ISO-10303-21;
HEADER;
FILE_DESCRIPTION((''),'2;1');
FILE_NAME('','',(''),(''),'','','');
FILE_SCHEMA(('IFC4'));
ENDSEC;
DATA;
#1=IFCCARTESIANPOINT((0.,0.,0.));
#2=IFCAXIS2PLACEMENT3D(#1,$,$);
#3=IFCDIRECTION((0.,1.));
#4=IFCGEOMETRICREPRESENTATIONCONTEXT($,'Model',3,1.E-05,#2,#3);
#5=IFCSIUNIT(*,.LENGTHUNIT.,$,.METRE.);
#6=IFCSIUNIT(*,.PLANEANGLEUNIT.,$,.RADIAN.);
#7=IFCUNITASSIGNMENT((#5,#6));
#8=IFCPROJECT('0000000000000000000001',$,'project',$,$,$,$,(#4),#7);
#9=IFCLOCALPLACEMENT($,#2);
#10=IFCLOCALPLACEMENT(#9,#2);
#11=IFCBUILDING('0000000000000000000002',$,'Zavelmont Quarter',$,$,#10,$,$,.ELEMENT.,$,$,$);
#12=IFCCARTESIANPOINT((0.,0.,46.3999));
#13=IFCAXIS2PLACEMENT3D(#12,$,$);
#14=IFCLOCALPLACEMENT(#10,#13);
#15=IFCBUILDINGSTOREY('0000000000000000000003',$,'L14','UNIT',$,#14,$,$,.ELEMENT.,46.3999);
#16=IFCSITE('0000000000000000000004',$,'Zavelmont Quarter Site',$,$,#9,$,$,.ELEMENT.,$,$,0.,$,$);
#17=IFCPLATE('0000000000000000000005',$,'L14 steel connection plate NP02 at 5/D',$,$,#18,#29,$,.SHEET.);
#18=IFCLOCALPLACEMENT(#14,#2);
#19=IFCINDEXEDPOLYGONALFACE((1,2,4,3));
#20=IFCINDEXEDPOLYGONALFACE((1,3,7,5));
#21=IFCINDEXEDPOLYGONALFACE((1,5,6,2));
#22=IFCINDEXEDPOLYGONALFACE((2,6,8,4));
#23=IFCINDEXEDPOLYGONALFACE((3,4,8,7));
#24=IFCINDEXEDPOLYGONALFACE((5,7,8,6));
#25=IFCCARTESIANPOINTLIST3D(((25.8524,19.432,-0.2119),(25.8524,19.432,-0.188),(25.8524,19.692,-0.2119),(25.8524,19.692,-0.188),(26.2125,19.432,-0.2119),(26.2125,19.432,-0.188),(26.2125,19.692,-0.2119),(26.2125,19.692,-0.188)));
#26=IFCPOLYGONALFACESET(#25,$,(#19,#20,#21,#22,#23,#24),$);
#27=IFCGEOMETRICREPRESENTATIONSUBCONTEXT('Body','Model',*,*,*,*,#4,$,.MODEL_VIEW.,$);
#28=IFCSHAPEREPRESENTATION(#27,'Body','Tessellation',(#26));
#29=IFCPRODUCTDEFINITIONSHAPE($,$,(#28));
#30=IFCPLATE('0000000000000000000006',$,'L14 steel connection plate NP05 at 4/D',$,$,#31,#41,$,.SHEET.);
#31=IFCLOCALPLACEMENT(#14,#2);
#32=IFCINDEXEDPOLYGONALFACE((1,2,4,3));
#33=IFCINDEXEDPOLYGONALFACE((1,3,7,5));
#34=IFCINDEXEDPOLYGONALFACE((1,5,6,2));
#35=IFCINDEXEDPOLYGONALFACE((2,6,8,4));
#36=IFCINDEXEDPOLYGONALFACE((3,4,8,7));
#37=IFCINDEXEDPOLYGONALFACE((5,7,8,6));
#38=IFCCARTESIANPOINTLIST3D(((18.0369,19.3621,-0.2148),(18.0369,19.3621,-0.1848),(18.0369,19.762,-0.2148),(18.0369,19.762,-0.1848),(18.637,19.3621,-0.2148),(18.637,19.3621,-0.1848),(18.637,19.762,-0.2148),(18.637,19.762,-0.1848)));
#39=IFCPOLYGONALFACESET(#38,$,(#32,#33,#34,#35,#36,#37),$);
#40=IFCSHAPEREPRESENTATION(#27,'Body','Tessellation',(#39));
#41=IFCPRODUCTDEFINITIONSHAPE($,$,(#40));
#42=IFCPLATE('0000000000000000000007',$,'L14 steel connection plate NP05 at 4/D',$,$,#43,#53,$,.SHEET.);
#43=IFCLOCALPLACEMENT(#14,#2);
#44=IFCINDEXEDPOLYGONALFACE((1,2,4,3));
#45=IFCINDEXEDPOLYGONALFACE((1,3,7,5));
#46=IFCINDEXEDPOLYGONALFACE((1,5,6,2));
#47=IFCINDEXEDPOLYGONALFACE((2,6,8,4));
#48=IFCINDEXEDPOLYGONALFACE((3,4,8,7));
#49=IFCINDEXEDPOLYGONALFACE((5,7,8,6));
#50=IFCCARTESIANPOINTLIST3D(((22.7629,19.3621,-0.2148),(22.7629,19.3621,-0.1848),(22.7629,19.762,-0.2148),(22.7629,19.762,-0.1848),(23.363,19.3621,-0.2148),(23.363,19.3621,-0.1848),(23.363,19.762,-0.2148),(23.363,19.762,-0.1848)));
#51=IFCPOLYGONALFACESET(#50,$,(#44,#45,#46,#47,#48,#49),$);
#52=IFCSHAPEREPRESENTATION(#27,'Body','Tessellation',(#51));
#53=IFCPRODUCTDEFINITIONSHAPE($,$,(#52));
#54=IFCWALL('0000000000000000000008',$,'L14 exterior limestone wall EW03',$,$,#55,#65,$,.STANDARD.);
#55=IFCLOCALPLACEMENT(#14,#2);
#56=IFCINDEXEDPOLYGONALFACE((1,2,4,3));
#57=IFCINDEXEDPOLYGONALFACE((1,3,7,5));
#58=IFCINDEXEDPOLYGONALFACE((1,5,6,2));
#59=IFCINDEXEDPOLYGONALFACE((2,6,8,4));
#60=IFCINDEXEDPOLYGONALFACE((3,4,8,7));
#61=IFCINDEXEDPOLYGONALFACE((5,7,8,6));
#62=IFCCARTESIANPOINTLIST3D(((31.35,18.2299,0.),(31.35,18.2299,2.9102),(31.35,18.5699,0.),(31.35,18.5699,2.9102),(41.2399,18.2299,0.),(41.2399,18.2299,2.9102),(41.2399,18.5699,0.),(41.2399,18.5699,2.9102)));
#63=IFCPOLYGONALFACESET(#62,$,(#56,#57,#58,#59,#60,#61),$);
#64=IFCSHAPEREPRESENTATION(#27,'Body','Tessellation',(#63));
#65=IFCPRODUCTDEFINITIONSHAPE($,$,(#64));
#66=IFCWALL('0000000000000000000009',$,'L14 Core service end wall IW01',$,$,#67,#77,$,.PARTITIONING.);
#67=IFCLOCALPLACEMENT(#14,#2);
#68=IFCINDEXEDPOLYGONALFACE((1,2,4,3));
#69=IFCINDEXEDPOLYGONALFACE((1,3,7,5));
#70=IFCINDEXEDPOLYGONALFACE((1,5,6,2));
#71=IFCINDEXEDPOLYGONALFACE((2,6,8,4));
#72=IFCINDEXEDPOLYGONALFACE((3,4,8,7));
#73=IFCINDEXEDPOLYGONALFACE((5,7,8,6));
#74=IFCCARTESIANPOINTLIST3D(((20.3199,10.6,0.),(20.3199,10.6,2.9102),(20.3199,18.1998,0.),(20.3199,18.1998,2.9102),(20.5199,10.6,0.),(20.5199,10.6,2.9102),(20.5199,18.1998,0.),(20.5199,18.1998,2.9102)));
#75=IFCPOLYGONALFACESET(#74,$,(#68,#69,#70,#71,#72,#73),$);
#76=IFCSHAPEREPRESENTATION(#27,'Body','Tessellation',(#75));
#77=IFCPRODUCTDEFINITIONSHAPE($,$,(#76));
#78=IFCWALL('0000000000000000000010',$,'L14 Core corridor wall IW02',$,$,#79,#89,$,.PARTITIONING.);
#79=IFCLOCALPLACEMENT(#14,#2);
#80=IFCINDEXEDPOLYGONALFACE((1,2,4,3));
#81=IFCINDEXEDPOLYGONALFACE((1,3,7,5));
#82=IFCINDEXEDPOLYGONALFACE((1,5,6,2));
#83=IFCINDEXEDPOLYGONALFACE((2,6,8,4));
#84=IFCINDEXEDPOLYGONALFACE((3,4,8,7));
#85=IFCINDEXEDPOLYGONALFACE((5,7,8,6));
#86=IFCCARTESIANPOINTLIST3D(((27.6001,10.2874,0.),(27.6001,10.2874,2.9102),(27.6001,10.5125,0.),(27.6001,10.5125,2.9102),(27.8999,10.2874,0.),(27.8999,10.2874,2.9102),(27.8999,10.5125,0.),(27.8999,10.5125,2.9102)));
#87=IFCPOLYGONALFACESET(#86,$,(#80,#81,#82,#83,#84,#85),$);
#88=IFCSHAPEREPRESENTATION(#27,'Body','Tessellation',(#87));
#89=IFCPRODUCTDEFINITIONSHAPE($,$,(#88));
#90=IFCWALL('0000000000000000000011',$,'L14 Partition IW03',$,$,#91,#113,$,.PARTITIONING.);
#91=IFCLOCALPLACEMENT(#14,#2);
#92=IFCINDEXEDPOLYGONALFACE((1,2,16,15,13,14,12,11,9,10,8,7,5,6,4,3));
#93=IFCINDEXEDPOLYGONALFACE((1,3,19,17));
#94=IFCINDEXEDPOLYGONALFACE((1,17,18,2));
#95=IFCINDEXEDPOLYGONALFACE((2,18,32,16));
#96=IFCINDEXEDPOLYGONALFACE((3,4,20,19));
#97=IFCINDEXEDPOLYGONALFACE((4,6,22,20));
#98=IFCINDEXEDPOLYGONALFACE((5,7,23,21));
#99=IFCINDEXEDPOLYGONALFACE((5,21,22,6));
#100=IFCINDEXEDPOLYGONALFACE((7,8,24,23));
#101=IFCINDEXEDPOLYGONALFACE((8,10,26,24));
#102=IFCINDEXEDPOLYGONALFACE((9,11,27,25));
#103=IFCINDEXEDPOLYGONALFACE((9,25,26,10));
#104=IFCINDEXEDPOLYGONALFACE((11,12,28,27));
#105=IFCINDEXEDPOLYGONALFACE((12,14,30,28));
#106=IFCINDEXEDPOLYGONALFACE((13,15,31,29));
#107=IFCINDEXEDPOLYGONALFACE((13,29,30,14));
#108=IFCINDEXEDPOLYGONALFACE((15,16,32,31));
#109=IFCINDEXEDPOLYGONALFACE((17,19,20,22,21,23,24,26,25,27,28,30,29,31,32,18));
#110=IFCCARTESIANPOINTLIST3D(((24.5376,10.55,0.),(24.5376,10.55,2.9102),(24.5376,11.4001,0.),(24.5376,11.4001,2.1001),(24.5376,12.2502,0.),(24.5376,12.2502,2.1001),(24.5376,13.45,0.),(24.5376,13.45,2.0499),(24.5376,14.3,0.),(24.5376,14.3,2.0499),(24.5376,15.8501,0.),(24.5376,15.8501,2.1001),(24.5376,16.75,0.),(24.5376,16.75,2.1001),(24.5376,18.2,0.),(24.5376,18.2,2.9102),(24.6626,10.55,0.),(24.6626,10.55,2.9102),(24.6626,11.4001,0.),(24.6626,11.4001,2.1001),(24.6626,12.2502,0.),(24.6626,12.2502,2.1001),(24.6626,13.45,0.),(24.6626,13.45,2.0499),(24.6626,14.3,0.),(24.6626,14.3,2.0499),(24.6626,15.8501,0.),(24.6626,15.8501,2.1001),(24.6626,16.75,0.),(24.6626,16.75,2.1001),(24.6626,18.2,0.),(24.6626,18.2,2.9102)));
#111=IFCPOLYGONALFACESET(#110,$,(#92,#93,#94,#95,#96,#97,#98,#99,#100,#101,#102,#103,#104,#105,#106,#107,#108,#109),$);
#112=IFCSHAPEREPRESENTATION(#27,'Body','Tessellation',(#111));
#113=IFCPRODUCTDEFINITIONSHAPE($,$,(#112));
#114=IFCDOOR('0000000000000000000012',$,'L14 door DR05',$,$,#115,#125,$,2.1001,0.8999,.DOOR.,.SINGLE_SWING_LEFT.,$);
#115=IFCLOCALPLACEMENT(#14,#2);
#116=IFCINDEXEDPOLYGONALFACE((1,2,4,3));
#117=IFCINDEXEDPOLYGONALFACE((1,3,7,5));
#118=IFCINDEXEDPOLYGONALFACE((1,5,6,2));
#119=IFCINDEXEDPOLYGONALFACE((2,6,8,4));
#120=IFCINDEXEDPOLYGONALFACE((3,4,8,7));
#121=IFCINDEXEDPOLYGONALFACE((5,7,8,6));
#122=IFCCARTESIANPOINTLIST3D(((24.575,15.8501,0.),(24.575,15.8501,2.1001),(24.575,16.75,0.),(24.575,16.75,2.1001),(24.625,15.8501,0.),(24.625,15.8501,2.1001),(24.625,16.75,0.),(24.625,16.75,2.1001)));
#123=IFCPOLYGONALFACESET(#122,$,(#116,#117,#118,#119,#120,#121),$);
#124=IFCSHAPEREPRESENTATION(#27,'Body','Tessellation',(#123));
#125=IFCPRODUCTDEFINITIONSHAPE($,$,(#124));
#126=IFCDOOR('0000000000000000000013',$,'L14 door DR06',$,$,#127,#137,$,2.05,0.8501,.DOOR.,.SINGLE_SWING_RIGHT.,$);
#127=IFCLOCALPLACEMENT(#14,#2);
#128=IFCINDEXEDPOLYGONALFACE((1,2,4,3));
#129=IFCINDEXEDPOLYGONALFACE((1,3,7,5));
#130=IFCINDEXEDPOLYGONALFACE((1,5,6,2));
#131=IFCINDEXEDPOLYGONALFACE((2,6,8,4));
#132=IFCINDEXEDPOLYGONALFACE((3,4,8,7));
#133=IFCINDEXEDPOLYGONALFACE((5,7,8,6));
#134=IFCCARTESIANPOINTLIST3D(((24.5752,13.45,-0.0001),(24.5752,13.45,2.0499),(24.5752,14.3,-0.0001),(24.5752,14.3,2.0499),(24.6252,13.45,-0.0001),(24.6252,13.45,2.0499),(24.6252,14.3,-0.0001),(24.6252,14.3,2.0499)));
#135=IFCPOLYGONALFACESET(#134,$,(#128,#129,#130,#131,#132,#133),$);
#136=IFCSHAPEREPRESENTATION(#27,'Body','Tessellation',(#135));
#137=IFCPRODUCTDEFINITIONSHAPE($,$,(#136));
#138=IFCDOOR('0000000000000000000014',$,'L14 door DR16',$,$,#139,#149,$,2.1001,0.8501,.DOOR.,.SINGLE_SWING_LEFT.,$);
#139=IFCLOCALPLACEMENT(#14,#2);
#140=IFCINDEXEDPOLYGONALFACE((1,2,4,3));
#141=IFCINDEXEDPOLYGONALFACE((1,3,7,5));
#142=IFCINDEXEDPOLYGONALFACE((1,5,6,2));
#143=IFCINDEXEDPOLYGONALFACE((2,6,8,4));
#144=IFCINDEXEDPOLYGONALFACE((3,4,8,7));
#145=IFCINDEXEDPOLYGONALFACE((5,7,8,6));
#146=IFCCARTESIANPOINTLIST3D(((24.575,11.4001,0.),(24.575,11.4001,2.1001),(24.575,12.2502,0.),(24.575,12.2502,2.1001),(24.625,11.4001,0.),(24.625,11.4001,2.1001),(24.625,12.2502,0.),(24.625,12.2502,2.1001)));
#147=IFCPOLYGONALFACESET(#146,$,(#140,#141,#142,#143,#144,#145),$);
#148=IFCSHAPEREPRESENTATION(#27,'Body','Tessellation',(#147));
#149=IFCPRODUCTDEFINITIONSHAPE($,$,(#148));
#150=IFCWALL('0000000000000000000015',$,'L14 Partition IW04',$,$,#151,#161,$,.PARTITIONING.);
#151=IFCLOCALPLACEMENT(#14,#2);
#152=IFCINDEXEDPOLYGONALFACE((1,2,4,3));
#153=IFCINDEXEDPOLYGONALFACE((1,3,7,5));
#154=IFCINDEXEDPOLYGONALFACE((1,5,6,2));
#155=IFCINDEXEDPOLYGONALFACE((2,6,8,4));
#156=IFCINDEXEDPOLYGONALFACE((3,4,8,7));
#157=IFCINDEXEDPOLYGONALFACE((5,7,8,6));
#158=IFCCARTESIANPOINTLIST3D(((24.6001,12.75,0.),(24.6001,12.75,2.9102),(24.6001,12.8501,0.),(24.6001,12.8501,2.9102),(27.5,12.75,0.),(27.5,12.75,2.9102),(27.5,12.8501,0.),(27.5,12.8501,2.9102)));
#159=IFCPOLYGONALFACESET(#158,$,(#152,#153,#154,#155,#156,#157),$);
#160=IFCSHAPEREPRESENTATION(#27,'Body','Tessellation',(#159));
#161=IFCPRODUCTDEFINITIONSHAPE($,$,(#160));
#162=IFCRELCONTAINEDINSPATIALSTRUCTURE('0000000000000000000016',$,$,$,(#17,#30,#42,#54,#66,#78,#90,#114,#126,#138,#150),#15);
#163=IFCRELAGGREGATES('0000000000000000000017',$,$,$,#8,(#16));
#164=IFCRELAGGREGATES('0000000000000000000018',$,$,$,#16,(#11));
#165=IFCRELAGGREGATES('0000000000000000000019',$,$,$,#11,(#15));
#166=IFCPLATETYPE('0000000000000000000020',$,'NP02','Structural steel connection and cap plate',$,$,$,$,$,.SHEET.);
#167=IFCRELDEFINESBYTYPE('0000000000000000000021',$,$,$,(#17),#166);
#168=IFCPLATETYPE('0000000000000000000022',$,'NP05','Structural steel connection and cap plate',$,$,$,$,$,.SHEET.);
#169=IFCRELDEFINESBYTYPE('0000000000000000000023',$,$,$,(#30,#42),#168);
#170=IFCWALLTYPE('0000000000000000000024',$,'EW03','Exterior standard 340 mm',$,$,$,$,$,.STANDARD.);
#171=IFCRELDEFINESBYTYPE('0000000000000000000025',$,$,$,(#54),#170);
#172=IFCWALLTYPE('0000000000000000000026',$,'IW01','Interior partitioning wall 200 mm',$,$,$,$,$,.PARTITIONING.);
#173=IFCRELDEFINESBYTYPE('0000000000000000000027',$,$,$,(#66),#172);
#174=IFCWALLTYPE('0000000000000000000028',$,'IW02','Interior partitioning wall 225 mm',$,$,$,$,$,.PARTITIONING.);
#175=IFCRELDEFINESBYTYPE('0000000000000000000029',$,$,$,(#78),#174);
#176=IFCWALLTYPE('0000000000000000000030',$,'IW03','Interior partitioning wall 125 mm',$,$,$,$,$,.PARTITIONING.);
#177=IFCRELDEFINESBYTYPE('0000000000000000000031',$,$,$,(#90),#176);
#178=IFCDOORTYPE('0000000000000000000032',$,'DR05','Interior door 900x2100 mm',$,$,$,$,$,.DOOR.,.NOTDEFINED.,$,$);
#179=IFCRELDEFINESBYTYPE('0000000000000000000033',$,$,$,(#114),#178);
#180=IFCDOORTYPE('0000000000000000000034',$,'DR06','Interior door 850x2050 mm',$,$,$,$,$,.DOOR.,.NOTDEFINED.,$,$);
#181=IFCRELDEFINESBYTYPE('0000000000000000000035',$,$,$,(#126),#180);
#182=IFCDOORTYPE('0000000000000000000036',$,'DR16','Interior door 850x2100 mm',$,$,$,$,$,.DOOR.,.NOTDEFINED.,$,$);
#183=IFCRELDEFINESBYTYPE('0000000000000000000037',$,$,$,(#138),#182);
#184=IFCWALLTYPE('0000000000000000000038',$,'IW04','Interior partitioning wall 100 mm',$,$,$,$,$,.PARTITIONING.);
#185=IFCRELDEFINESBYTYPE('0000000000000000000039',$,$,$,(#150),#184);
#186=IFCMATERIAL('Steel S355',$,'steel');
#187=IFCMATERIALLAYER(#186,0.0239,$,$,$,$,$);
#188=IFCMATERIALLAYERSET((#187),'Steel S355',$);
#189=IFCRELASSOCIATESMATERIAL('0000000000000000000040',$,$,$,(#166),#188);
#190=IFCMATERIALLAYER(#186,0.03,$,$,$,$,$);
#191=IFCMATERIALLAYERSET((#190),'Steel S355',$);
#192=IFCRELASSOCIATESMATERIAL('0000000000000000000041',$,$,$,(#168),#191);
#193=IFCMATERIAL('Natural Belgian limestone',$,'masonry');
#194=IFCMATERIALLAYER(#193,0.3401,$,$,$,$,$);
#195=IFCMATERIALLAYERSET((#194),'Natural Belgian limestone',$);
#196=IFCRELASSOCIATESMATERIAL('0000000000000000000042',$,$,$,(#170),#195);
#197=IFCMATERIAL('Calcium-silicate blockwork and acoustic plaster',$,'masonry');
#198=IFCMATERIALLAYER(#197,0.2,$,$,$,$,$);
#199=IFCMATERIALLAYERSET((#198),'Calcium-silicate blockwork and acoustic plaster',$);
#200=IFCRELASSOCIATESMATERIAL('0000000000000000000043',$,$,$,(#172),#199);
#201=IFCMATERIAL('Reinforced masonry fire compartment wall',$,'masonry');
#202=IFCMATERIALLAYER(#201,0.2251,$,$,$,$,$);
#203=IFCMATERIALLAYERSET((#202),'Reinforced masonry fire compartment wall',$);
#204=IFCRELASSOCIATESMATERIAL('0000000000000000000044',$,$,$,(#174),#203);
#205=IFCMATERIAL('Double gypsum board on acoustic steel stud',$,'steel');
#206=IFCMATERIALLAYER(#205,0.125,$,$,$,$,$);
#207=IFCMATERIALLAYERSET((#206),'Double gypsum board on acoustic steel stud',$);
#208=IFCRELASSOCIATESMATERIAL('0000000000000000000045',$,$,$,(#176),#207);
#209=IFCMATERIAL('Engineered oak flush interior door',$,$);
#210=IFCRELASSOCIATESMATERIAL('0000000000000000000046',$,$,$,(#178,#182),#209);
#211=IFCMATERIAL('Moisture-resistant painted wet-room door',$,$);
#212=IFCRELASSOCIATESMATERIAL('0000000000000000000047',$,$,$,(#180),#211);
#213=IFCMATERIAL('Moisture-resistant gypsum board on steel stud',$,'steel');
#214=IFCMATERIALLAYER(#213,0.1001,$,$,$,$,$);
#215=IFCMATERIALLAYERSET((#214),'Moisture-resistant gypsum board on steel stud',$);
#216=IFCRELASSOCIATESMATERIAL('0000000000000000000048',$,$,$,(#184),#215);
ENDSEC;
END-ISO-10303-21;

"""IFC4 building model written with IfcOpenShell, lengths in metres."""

from ifc_helpers import new_model, si_unit, direction, frame, frame_2d, origin, origin_with_axes, origin_2d, place, context, subcontext, project, spatial, rectangle, extrude, material, layer, layer_set, type_object, element, fill, save


model = new_model("IFC4")

# Units and contexts
model_context = context("Model", 3, precision=1e-05, world=origin(), true_north=direction((0.0, 1.0)))
body_context = subcontext(model_context, "Body", "Model", "MODEL_VIEW")
ifc_project = project(units=[si_unit("LENGTHUNIT", "METRE"), si_unit("PLANEANGLEUNIT", "RADIAN")], contexts=[model_context])

# Site, building, storey
site_placement = place(None, origin())
site = spatial("IfcSite", under=ifc_project, at=site_placement, Name="Zavelmont Quarter Site", CompositionType="ELEMENT", RefElevation=0.0)
building_placement = place(site_placement, origin())
building = spatial("IfcBuilding", under=site, at=building_placement, Name="Zavelmont Quarter", CompositionType="ELEMENT")
storey_placement = place(building_placement, frame((0.0, 0.0, 46.3999)))
storey = spatial("IfcBuildingStorey", under=building, at=storey_placement, Name="L14", Description="UNIT", CompositionType="ELEMENT", Elevation=46.3999)

# Shared definitions
ifc_material_1 = material(Name="Steel S355", Category="steel")

# Plates
ifc_layer_1 = layer(ifc_material_1, 0.0239)
ifc_layer_set_1 = layer_set([ifc_layer_1], Name="Steel S355")
plate_type_1 = type_object("IfcPlateType", Name="NP02", Description="Structural steel connection and cap plate", PredefinedType="SHEET", material=ifc_layer_set_1)
for number, where, z_axis, x_axis, name in (
    (1, (26.0325, 19.562, -0.2119), (0.0, 0.0, 1.0), (1.0, 0.0, 0.0), "L14 steel connection plate NP02 at 5/D"),
):
    element("IfcPlate", number, at=place(storey_placement, frame(where, z_axis=z_axis, x_axis=x_axis)), inside=storey, type_object=plate_type_1, Name=name, PredefinedType="SHEET", context=body_context, shape_type="SweptSolid", body=[
        extrude(rectangle(XDim=0.3601, YDim=0.26, at=origin_2d()), origin(), (0.0, 0.0, 1.0), 0.0239),
    ])
ifc_layer_2 = layer(ifc_material_1, 0.03)
ifc_layer_set_2 = layer_set([ifc_layer_2], Name="Steel S355")
plate_type_2 = type_object("IfcPlateType", Name="NP05", Description="Structural steel connection and cap plate", PredefinedType="SHEET", material=ifc_layer_set_2)
for number, where, z_axis, x_axis, name in (
    (2, (18.3369, 19.562, -0.2148), (0.0, 0.0, 1.0), (1.0, 0.0, 0.0), "L14 steel connection plate NP05 at 4/D"),
    (3, (23.063, 19.562, -0.2148), (0.0, 0.0, 1.0), (1.0, 0.0, 0.0), "L14 steel connection plate NP05 at 4/D"),
):
    element("IfcPlate", number, at=place(storey_placement, frame(where, z_axis=z_axis, x_axis=x_axis)), inside=storey, type_object=plate_type_2, Name=name, PredefinedType="SHEET", context=body_context, shape_type="SweptSolid", body=[
        extrude(rectangle(XDim=0.6001, YDim=0.3999, at=origin_2d()), origin(), (0.0, 0.0, 1.0), 0.03),
    ])

# Walls
ifc_material_2 = material(Name="Natural Belgian limestone", Category="masonry")
ifc_layer_3 = layer(ifc_material_2, 0.3401)
ifc_layer_set_3 = layer_set([ifc_layer_3], Name="Natural Belgian limestone")
wall_type_1 = type_object("IfcWallType", Name="EW03", Description="Exterior standard 340 mm", PredefinedType="STANDARD", material=ifc_layer_set_3)
wall_1_placement = place(storey_placement, frame((31.3501, 18.3999, 0.0), z_axis=(0.0, 0.0, 1.0), x_axis=(1.0, 0.0, 0.0)))
element("IfcWall", 4, at=wall_1_placement, inside=storey, type_object=wall_type_1, Name="L14 exterior limestone wall EW03", PredefinedType="STANDARD", context=body_context, shape_type="SweptSolid", body=[
    extrude(rectangle(XDim=9.8899, YDim=0.3401, at=frame_2d((4.9448, 0.0))), origin(), (0.0, 0.0, 1.0), 2.9102),
])
ifc_material_3 = material(Name="Calcium-silicate blockwork and acoustic plaster", Category="masonry")
ifc_layer_4 = layer(ifc_material_3, 0.2)
ifc_layer_set_4 = layer_set([ifc_layer_4], Name="Calcium-silicate blockwork and acoustic plaster")
wall_type_2 = type_object("IfcWallType", Name="IW01", Description="Interior partitioning wall 200 mm", PredefinedType="PARTITIONING", material=ifc_layer_set_4)
wall_2_placement = place(storey_placement, frame((20.4199, 10.6001, 0.0), z_axis=(0.0, 0.0, 1.0), x_axis=(0.0, 1.0, 0.0)))
element("IfcWall", 5, at=wall_2_placement, inside=storey, type_object=wall_type_2, Name="L14 Core service end wall IW01", PredefinedType="PARTITIONING", context=body_context, shape_type="SweptSolid", body=[
    extrude(rectangle(XDim=7.5999, YDim=0.2, at=frame_2d((3.7998, 0.0))), origin(), (0.0, 0.0, 1.0), 2.9102),
])
ifc_material_4 = material(Name="Reinforced masonry fire compartment wall", Category="masonry")
ifc_layer_5 = layer(ifc_material_4, 0.2251)
ifc_layer_set_5 = layer_set([ifc_layer_5], Name="Reinforced masonry fire compartment wall")
wall_type_3 = type_object("IfcWallType", Name="IW02", Description="Interior partitioning wall 225 mm", PredefinedType="PARTITIONING", material=ifc_layer_set_5)
wall_3_placement = place(storey_placement, frame((27.6001, 10.3999, 0.0), z_axis=(0.0, 0.0, 1.0), x_axis=(1.0, 0.0, 0.0)))
element("IfcWall", 6, at=wall_3_placement, inside=storey, type_object=wall_type_3, Name="L14 Core corridor wall IW02", PredefinedType="PARTITIONING", context=body_context, shape_type="SweptSolid", body=[
    extrude(rectangle(XDim=0.2998, YDim=0.2251, at=frame_2d((0.1499, 0.0))), origin(), (0.0, 0.0, 1.0), 2.9102),
])

# Wall, openings, doors
ifc_material_5 = material(Name="Double gypsum board on acoustic steel stud", Category="steel")
ifc_layer_6 = layer(ifc_material_5, 0.125)
ifc_layer_set_6 = layer_set([ifc_layer_6], Name="Double gypsum board on acoustic steel stud")
wall_type_4 = type_object("IfcWallType", Name="IW03", Description="Interior partitioning wall 125 mm", PredefinedType="PARTITIONING", material=ifc_layer_set_6)
wall_4_placement = place(storey_placement, frame((24.6001, 10.55, 0.0), z_axis=(0.0, 0.0, 1.0), x_axis=(0.0, 1.0, 0.0)))
wall_4 = element("IfcWall", 7, at=wall_4_placement, inside=storey, type_object=wall_type_4, Name="L14 Partition IW03", PredefinedType="PARTITIONING", context=body_context, shape_type="SweptSolid", body=[
    extrude(rectangle(XDim=7.6499, YDim=0.125, at=frame_2d((3.825, 0.0))), origin(), (0.0, 0.0, 1.0), 2.9102),
])
opening_1_placement = place(wall_4_placement, frame((0.8501, 0.0, 0.0)))
opening_1 = element("IfcOpeningElement", 8, at=opening_1_placement, cuts=wall_4, PredefinedType="OPENING", context=body_context, shape_type="SweptSolid", body=[
    extrude(rectangle(XDim=0.8501, YDim=2.1001, at=frame_2d((0.425, 1.05))), frame((0.0, 0.0745, 0.0), z_axis=(0.0, -1.0, 0.0), x_axis=(1.0, 0.0, 0.0)), (0.0, 0.0, 1.0), 0.1489),
])
opening_2_placement = place(wall_4_placement, frame((2.8999, 0.0, 0.0)))
opening_2 = element("IfcOpeningElement", 9, at=opening_2_placement, cuts=wall_4, PredefinedType="OPENING", context=body_context, shape_type="SweptSolid", body=[
    extrude(rectangle(XDim=0.8501, YDim=2.05, at=frame_2d((0.425, 1.0249))), frame((0.0, 0.0745, 0.0), z_axis=(0.0, -1.0, 0.0), x_axis=(1.0, 0.0, 0.0)), (0.0, 0.0, 1.0), 0.1489),
])
opening_3_placement = place(wall_4_placement, frame((5.3, 0.0, 0.0)))
opening_3 = element("IfcOpeningElement", 10, at=opening_3_placement, cuts=wall_4, PredefinedType="OPENING", context=body_context, shape_type="SweptSolid", body=[
    extrude(rectangle(XDim=0.8999, YDim=2.1001, at=frame_2d((0.45, 1.05))), frame((0.0, 0.0745, 0.0), z_axis=(0.0, -1.0, 0.0), x_axis=(1.0, 0.0, 0.0)), (0.0, 0.0, 1.0), 0.1489),
])
ifc_material_6 = material(Name="Engineered oak flush interior door")
door_type_1 = type_object("IfcDoorType", Name="DR05", Description="Interior door 900x2100 mm", OperationType="NOTDEFINED", PredefinedType="DOOR", material=ifc_material_6)
door_1_placement = place(opening_3_placement, frame((0.8999, 0.0, 0.0), z_axis=(0.0, 0.0, 1.0), x_axis=(-1.0, 0.0, 0.0)))
door_1 = element("IfcDoor", 11, at=door_1_placement, inside=storey, type_object=door_type_1, Name="L14 door DR05", OperationType="SINGLE_SWING_LEFT", OverallHeight=2.1001, OverallWidth=0.8999, PredefinedType="DOOR", context=body_context, shape_type="SweptSolid", body=[
    extrude(rectangle(XDim=0.8999, YDim=2.1001, at=frame_2d((0.45, 1.05))), frame((0.0, 0.0249, 0.0), z_axis=(0.0, -1.0, 0.0), x_axis=(1.0, 0.0, 0.0)), (0.0, 0.0, 1.0), 0.05),
])
fill(opening_3, door_1)
ifc_material_7 = material(Name="Moisture-resistant painted wet-room door")
door_type_2 = type_object("IfcDoorType", Name="DR06", Description="Interior door 850x2050 mm", OperationType="NOTDEFINED", PredefinedType="DOOR", material=ifc_material_7)
door_2_placement = place(opening_2_placement, origin_with_axes())
door_2 = element("IfcDoor", 12, at=door_2_placement, inside=storey, type_object=door_type_2, Name="L14 door DR06", OperationType="SINGLE_SWING_RIGHT", OverallHeight=2.05, OverallWidth=0.8501, PredefinedType="DOOR", context=body_context, shape_type="SweptSolid", body=[
    extrude(rectangle(XDim=0.8501, YDim=2.05, at=frame_2d((0.425, 1.0249))), frame((0.0, 0.0249, 0.0), z_axis=(0.0, -1.0, 0.0), x_axis=(1.0, 0.0, 0.0)), (0.0, 0.0, 1.0), 0.05),
])
fill(opening_2, door_2)
door_type_3 = type_object("IfcDoorType", Name="DR16", Description="Interior door 850x2100 mm", OperationType="NOTDEFINED", PredefinedType="DOOR", material=ifc_material_6)
door_3_placement = place(opening_1_placement, frame((0.8501, 0.0, 0.0), z_axis=(0.0, 0.0, 1.0), x_axis=(-1.0, 0.0, 0.0)))
door_3 = element("IfcDoor", 13, at=door_3_placement, inside=storey, type_object=door_type_3, Name="L14 door DR16", OperationType="SINGLE_SWING_LEFT", OverallHeight=2.1001, OverallWidth=0.8501, PredefinedType="DOOR", context=body_context, shape_type="SweptSolid", body=[
    extrude(rectangle(XDim=0.8501, YDim=2.1001, at=frame_2d((0.425, 1.05))), frame((0.0, 0.0249, 0.0), z_axis=(0.0, -1.0, 0.0), x_axis=(1.0, 0.0, 0.0)), (0.0, 0.0, 1.0), 0.05),
])
fill(opening_1, door_3)

# Wall
ifc_material_8 = material(Name="Moisture-resistant gypsum board on steel stud", Category="steel")
ifc_layer_7 = layer(ifc_material_8, 0.1001)
ifc_layer_set_7 = layer_set([ifc_layer_7], Name="Moisture-resistant gypsum board on steel stud")
wall_type_5 = type_object("IfcWallType", Name="IW04", Description="Interior partitioning wall 100 mm", PredefinedType="PARTITIONING", material=ifc_layer_set_7)
for number, where, z_axis, x_axis, name in (
    (14, (24.6001, 12.8, 0.0), (0.0, 0.0, 1.0), (1.0, 0.0, 0.0), "L14 Partition IW04"),
):
    element("IfcWall", number, at=place(storey_placement, frame(where, z_axis=z_axis, x_axis=x_axis)), inside=storey, type_object=wall_type_5, Name=name, PredefinedType="PARTITIONING", context=body_context, shape_type="SweptSolid", body=[
        extrude(rectangle(XDim=2.8999, YDim=0.1001, at=frame_2d((1.45, 0.0))), origin(), (0.0, 0.0, 1.0), 2.9102),
    ])

save(model, "model.ifc")
